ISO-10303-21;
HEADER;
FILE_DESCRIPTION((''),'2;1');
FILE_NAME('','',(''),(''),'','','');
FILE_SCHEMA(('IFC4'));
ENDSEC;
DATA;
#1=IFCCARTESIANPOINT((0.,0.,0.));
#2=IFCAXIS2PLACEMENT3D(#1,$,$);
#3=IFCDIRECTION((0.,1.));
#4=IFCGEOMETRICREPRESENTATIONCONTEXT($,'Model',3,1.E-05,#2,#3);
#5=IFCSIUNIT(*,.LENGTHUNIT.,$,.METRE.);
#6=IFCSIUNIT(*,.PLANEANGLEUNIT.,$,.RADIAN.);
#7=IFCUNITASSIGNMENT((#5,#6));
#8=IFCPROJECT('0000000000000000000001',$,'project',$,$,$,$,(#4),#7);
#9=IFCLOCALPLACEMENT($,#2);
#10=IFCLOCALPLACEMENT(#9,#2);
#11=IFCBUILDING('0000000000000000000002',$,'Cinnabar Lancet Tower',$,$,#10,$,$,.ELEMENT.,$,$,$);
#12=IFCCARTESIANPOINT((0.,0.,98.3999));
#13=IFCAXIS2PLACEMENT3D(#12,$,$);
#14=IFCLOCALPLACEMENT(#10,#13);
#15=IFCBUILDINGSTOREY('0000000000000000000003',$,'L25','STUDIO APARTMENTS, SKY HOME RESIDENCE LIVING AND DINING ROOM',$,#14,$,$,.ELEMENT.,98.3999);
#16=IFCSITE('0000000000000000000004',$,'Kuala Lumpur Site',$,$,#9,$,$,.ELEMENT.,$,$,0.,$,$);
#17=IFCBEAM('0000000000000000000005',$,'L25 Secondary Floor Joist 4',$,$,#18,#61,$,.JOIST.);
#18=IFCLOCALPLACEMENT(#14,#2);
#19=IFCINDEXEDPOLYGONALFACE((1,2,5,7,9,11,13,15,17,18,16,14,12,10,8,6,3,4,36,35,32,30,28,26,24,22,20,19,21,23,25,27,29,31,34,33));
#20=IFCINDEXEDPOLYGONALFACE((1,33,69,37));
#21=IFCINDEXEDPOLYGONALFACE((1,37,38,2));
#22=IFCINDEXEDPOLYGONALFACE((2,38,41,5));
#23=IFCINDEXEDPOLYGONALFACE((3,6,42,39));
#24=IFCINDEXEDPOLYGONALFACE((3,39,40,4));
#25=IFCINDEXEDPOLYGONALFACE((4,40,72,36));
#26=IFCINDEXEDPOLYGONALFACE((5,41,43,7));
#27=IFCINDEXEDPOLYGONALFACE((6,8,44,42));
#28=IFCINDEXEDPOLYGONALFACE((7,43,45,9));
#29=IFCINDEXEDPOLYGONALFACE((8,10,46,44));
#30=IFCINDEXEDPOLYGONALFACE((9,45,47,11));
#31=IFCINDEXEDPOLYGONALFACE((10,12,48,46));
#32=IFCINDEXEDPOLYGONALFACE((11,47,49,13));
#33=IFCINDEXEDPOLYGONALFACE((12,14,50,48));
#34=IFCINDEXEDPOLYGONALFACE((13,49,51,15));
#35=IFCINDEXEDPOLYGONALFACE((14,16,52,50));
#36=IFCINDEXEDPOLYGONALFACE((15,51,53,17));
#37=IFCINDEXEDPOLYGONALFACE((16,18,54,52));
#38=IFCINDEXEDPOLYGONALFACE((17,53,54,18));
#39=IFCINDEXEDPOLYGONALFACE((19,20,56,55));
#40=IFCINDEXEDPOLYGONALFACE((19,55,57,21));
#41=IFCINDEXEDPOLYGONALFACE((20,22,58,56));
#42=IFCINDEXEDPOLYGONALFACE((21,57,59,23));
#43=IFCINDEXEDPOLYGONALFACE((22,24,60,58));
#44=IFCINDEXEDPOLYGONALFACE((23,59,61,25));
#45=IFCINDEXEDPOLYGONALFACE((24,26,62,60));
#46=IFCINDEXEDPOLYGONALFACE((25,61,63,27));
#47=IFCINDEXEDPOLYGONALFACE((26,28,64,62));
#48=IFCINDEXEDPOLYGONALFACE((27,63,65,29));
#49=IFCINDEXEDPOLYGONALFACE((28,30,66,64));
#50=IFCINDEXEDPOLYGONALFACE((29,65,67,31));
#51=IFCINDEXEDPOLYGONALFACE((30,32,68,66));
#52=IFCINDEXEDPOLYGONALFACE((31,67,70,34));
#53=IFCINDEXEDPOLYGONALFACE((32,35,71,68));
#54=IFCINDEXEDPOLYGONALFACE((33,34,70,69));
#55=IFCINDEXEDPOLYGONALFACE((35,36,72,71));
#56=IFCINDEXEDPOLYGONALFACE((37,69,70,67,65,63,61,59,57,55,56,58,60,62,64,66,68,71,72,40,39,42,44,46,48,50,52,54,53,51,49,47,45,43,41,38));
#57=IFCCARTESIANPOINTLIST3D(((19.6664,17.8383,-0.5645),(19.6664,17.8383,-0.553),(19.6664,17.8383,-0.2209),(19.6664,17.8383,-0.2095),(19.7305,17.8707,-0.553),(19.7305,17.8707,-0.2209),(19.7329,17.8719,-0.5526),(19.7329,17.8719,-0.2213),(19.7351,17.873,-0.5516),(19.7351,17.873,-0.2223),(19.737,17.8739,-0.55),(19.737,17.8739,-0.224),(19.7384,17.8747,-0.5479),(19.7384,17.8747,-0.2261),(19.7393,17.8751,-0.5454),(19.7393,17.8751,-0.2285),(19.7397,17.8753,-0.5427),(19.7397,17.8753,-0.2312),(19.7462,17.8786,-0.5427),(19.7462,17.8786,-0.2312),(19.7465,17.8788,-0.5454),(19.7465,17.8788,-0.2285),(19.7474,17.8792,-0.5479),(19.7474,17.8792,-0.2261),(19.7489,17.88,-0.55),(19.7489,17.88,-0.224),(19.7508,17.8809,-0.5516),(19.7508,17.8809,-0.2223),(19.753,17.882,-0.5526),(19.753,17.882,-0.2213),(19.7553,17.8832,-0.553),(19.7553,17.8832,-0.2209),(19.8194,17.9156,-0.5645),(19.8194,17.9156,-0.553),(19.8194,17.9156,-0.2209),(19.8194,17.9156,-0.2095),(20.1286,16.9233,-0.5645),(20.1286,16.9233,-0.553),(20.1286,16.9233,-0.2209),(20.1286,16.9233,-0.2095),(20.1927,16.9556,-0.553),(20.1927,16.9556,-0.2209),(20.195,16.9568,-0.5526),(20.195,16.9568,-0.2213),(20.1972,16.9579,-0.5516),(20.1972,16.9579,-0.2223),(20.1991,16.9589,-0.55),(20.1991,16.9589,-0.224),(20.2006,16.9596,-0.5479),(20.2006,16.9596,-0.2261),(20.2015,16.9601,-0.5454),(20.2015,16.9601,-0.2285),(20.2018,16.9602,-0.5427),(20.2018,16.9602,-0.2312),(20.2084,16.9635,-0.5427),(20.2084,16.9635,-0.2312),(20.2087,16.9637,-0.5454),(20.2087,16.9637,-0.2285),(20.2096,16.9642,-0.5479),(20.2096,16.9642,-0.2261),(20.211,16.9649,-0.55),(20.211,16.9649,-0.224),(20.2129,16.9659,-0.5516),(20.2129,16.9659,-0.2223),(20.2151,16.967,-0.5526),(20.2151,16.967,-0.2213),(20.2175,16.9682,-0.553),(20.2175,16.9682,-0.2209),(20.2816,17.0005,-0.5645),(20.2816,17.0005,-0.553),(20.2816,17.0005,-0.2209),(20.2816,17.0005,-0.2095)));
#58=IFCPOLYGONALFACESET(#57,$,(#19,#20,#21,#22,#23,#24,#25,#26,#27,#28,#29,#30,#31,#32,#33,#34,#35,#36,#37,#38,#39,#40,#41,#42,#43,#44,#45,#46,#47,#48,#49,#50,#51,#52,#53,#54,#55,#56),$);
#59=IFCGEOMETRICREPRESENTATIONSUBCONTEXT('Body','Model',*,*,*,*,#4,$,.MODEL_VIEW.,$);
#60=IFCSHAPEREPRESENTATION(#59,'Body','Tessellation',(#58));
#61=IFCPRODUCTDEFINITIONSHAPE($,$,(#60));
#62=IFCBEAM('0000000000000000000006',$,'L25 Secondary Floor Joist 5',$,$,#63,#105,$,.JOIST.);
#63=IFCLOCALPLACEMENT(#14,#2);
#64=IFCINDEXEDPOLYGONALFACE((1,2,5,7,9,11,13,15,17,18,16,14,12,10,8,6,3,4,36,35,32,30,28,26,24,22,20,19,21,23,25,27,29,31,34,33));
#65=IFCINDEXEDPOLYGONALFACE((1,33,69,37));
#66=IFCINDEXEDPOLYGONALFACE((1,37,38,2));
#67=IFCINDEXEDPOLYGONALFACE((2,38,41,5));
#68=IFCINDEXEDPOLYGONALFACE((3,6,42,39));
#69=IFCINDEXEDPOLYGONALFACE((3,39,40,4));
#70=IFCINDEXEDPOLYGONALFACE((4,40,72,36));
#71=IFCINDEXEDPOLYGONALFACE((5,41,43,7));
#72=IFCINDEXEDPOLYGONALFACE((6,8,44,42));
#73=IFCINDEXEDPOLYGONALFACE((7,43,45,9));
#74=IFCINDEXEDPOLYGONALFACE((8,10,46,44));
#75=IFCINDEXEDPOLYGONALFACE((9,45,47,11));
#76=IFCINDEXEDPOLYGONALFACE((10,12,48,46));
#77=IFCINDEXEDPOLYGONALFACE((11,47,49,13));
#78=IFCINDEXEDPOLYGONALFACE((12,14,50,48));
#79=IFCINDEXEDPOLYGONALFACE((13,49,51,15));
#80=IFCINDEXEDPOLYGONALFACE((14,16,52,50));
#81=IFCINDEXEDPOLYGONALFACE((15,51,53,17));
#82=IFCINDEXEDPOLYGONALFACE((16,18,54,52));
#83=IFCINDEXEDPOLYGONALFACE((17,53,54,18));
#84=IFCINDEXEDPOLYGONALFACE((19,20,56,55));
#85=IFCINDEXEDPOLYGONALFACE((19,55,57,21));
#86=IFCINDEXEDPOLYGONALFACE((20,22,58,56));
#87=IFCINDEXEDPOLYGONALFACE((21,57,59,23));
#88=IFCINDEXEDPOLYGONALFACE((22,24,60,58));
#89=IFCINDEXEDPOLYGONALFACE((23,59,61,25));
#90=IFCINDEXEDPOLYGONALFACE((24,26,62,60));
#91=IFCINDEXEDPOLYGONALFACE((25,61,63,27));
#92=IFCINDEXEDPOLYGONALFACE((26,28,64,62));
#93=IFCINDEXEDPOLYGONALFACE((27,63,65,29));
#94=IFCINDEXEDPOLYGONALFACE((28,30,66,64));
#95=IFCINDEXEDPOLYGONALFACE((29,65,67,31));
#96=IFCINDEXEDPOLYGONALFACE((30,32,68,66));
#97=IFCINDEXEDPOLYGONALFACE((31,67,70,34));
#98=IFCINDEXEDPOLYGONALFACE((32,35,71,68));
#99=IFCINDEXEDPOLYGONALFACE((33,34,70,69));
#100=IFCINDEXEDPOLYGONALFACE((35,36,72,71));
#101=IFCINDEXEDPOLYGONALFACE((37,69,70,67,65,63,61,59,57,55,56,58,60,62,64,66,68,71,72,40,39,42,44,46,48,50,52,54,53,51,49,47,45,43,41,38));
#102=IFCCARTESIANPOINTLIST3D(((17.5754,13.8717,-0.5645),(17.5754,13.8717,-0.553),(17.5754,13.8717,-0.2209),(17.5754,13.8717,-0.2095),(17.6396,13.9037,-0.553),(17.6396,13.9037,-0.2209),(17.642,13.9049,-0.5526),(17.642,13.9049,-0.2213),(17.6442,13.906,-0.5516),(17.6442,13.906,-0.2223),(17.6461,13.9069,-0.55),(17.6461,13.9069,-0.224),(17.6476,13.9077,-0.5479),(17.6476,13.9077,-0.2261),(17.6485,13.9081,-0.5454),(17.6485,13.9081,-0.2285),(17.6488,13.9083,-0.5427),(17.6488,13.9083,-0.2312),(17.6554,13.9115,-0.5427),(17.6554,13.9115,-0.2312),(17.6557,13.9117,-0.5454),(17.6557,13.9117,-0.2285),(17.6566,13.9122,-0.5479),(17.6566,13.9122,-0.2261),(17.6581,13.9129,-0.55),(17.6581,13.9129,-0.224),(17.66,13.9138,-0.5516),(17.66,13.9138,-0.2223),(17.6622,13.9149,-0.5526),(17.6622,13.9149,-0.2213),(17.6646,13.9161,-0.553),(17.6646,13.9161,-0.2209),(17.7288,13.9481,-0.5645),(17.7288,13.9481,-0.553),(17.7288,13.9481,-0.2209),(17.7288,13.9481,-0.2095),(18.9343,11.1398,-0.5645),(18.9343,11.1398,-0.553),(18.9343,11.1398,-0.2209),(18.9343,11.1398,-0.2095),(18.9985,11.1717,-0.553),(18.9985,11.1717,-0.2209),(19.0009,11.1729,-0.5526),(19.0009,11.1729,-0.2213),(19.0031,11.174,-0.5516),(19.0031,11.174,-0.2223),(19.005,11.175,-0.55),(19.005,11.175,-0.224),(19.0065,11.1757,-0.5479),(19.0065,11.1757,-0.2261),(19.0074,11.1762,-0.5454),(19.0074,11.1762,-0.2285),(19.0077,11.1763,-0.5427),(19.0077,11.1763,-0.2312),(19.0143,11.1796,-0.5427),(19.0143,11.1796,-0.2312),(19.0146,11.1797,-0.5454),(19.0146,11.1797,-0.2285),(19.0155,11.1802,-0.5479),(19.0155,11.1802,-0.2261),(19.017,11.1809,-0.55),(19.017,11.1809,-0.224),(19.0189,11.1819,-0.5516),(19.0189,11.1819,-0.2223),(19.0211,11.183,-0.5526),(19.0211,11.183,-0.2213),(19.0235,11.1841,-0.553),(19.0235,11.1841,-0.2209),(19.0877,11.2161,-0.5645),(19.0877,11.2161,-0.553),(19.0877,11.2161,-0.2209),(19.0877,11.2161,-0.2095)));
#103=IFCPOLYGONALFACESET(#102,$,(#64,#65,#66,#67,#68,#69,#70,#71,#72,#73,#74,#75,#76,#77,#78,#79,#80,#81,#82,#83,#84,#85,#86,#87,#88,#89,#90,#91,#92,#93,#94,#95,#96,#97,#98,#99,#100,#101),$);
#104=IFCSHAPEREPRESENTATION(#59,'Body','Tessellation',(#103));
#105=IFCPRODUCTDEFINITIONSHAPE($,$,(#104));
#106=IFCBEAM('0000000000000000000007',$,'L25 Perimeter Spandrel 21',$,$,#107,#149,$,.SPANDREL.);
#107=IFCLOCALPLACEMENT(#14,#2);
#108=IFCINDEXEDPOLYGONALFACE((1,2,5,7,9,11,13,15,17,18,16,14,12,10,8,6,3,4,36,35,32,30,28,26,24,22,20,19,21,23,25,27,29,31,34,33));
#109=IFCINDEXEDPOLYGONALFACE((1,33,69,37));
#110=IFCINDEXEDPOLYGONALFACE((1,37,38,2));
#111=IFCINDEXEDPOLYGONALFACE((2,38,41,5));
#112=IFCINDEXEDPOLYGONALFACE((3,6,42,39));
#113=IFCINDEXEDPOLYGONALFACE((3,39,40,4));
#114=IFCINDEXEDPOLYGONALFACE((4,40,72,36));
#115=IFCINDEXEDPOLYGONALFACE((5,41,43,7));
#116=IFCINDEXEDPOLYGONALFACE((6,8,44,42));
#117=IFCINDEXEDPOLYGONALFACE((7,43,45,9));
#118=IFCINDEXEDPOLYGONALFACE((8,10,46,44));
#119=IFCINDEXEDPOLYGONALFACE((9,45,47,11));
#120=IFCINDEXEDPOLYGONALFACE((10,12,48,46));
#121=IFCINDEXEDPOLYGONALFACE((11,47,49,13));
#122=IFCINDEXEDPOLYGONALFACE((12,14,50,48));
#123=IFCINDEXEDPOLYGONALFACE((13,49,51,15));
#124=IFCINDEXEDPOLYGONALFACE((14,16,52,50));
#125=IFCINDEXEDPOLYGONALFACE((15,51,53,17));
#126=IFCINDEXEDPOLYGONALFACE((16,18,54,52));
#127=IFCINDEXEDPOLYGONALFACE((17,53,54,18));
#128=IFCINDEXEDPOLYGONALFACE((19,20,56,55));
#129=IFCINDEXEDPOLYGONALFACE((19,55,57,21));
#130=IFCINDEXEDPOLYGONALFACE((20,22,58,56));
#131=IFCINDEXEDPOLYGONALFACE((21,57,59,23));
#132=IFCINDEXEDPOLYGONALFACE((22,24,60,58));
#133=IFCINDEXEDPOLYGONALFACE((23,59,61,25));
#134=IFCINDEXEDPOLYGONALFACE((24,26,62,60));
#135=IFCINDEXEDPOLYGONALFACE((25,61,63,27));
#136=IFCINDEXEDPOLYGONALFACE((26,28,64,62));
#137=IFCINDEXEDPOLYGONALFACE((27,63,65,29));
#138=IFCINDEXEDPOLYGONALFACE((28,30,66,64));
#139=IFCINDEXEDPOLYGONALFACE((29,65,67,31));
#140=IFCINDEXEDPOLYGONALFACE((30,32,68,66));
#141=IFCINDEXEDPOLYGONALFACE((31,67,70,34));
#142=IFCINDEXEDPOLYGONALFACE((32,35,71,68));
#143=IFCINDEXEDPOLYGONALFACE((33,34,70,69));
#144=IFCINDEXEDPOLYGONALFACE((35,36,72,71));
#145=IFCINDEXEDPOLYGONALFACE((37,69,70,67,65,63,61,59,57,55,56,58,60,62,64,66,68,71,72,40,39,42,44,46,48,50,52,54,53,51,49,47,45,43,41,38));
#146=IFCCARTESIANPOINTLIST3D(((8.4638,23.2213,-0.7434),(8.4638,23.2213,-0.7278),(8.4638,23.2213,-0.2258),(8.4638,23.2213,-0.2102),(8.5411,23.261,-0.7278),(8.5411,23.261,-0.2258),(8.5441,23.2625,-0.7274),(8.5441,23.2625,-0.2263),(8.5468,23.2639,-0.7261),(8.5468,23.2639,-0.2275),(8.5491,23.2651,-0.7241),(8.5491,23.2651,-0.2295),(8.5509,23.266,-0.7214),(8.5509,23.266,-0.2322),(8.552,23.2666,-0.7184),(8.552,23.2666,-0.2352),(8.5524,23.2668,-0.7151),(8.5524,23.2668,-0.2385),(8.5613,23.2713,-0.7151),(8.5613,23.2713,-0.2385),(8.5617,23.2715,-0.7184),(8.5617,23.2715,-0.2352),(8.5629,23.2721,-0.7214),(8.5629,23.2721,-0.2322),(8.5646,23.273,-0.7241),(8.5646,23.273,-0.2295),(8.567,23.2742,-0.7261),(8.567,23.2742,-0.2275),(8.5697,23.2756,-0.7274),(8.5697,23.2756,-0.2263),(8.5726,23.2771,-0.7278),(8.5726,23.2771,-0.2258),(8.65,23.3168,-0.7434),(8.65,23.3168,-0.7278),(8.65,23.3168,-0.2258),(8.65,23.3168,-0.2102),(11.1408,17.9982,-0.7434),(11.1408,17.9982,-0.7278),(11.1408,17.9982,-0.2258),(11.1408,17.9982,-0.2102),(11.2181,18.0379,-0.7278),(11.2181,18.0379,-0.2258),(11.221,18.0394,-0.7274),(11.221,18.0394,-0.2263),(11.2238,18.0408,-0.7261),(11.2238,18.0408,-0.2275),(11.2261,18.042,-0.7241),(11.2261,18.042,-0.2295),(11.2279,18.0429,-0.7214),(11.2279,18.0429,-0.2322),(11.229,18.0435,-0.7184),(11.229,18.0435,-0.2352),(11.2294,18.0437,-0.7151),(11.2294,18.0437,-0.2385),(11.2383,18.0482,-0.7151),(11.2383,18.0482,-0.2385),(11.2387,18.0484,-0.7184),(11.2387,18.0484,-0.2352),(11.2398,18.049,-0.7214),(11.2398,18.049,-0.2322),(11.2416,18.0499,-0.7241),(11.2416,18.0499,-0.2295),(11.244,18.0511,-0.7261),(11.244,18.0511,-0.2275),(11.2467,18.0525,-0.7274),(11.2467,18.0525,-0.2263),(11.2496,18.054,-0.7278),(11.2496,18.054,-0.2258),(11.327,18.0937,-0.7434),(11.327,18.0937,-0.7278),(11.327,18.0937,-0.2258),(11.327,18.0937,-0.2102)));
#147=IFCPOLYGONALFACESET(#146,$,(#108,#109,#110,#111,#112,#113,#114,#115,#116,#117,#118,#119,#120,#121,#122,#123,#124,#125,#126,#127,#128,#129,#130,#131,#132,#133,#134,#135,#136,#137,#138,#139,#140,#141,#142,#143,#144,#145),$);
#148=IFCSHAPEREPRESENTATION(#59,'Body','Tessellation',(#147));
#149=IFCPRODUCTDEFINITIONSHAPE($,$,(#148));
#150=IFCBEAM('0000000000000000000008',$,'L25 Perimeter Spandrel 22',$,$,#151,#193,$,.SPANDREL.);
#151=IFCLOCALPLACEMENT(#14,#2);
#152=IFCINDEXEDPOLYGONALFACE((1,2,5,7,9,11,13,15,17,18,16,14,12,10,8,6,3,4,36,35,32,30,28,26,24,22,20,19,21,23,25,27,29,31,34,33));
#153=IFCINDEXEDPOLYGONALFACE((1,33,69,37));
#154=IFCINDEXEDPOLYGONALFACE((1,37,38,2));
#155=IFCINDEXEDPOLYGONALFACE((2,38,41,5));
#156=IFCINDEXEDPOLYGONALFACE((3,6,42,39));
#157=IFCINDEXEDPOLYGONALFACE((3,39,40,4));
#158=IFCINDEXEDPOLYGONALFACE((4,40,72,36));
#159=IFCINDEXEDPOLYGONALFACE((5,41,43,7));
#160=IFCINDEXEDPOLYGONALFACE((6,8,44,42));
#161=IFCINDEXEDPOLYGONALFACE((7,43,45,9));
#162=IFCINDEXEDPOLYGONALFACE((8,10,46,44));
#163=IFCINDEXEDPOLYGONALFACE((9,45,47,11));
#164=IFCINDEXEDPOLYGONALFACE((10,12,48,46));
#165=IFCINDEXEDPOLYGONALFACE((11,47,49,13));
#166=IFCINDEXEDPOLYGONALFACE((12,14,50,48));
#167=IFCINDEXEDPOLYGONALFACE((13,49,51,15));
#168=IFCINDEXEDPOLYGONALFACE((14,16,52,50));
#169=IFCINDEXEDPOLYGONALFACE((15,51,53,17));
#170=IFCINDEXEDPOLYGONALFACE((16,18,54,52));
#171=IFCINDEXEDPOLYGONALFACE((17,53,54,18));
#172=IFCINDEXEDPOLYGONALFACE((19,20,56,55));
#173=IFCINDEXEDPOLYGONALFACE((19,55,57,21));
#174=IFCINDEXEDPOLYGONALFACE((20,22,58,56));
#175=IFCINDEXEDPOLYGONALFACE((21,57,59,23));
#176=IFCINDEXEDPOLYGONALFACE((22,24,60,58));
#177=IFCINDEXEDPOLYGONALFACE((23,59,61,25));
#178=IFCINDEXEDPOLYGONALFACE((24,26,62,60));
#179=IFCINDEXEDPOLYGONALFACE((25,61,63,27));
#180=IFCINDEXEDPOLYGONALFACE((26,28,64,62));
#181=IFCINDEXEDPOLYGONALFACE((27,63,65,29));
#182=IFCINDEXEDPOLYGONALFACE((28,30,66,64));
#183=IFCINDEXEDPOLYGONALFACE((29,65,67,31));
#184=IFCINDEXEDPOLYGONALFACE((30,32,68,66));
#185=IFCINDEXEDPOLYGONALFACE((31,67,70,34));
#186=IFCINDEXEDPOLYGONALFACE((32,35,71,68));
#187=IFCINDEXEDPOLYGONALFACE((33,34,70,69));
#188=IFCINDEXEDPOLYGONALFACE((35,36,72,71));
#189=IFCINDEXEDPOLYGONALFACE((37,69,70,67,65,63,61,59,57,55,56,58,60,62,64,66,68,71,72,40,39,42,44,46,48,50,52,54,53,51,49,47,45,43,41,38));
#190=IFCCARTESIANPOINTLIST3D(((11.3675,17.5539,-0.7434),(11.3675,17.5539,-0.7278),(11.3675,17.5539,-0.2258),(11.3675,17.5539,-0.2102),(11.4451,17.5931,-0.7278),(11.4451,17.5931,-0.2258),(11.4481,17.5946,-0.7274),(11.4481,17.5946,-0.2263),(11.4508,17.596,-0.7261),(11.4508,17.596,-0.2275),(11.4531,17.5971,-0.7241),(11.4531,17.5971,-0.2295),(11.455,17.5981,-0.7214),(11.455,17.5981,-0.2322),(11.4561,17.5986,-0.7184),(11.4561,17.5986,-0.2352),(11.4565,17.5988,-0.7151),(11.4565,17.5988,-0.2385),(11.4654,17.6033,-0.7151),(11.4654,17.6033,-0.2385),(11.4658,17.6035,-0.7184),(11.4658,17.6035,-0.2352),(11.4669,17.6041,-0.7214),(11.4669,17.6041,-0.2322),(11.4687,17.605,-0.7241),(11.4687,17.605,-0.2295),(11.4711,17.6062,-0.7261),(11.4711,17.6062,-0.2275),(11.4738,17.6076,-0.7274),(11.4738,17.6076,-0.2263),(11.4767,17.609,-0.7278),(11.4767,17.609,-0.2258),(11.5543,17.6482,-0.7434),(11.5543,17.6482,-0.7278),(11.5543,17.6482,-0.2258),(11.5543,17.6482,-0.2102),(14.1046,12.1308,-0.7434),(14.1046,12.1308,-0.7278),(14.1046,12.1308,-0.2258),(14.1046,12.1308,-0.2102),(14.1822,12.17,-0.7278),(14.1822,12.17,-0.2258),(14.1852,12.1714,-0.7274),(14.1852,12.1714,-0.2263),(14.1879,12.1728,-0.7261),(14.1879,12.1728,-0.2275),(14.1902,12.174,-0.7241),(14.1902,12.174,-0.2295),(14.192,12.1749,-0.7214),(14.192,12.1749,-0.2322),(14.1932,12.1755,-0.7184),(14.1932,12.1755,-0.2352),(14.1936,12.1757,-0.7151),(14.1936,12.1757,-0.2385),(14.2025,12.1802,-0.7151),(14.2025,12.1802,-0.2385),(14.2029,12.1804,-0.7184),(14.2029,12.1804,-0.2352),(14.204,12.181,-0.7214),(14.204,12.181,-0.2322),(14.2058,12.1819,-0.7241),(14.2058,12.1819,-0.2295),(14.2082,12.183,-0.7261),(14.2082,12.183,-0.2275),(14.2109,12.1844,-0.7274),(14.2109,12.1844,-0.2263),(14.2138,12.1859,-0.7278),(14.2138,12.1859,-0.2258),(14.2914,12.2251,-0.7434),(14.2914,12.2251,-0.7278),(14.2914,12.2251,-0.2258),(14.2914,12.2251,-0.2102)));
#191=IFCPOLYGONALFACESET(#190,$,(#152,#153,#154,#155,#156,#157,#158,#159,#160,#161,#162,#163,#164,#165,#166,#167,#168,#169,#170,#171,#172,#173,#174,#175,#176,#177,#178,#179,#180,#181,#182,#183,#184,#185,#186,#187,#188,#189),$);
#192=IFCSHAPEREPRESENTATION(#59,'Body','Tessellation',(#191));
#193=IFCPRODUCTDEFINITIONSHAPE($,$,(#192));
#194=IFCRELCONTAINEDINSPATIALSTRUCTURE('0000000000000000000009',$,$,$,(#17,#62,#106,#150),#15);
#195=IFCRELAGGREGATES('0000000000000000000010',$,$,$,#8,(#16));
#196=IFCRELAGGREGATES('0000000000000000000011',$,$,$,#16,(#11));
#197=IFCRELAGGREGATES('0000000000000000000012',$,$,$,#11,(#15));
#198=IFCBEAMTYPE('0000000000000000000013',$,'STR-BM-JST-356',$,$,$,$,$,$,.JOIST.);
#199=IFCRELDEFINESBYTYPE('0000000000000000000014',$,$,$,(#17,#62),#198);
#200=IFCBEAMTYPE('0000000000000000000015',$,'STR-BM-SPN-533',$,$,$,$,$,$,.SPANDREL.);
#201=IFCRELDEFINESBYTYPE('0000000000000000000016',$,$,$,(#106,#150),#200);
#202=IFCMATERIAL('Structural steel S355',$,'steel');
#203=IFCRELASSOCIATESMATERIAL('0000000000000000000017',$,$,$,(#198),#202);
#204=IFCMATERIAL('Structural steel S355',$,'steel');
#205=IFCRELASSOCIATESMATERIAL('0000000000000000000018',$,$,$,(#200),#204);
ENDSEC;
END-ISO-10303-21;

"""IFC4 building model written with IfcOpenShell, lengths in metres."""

from ifc_helpers import new_model, si_unit, direction, frame, origin, origin_2d, place, context, subcontext, project, spatial, i_section, extrude, material, material_profile, profile_set, type_object, element, save


model = new_model("IFC4")

# Units and contexts
model_context = context("Model", 3, precision=1e-05, world=origin(), true_north=direction((0.0, 1.0)))
body_context = subcontext(model_context, "Body", "Model", "MODEL_VIEW")
ifc_project = project(units=[si_unit("LENGTHUNIT", "METRE"), si_unit("PLANEANGLEUNIT", "RADIAN")], contexts=[model_context])

# Site, building, storey
site_placement = place(None, origin())
site = spatial("IfcSite", under=ifc_project, at=site_placement, Name="Kuala Lumpur Site", CompositionType="ELEMENT", RefElevation=0.0)
building_placement = place(site_placement, origin())
building = spatial("IfcBuilding", under=site, at=building_placement, Name="Cinnabar Lancet Tower", CompositionType="ELEMENT")
storey_placement = place(building_placement, frame((0.0, 0.0, 98.3999)))
storey = spatial("IfcBuildingStorey", under=building, at=storey_placement, Name="L25", Description="STUDIO APARTMENTS, SKY HOME RESIDENCE LIVING AND DINING ROOM", CompositionType="ELEMENT", Elevation=98.3999)

# Beams
ifc_material_1 = material(Name="Structural steel S355", Category="steel")
ifc_material_profile_1 = material_profile(ifc_material_1, i_section(OverallWidth=0.1714, OverallDepth=0.355, WebThickness=0.0073, FlangeThickness=0.0115, FilletRadius=0.0103, at=origin_2d()), Name="UKB 356x171x51")
ifc_profile_set_1 = profile_set([ifc_material_profile_1], Name="Structural steel S355")
beam_type_1 = type_object("IfcBeamType", Name="STR-BM-JST-356", PredefinedType="JOIST", material=ifc_profile_set_1)
beam_1_placement = place(storey_placement, frame((19.7429, 17.877, -0.387), z_axis=(0.45083, -0.89261, 0.0), x_axis=(0.89261, 0.45083, 0.0)))
element("IfcBeam", 1, at=beam_1_placement, inside=storey, type_object=beam_type_1, Name="L25 Secondary Floor Joist 4", PredefinedType="JOIST", context=body_context, shape_type="SweptSolid", body=[
    extrude(i_section(OverallWidth=0.1714, OverallDepth=0.355, WebThickness=0.0073, FlangeThickness=0.0115, FilletRadius=0.0103, at=origin_2d()), origin(), (0.0, 0.0, 1.0), 1.0251),
])
beam_2_placement = place(storey_placement, frame((17.6521, 13.9099, -0.387), z_axis=(0.445356, -0.895353, 0.0), x_axis=(0.895353, 0.445356, 0.0)))
element("IfcBeam", 2, at=beam_2_placement, inside=storey, type_object=beam_type_1, Name="L25 Secondary Floor Joist 5", PredefinedType="JOIST", context=body_context, shape_type="SweptSolid", body=[
    extrude(i_section(OverallWidth=0.1714, OverallDepth=0.355, WebThickness=0.0073, FlangeThickness=0.0115, FilletRadius=0.0103, at=origin_2d()), origin(), (0.0, 0.0, 1.0), 3.0513),
])
ifc_material_2 = material(Name="Structural steel S355", Category="steel")
ifc_material_profile_2 = material_profile(ifc_material_2, i_section(OverallWidth=0.2092, OverallDepth=0.5332, WebThickness=0.01, FlangeThickness=0.0156, FilletRadius=0.0127, at=origin_2d()), Name="UKB 533x210x92")
ifc_profile_set_2 = profile_set([ifc_material_profile_2], Name="Structural steel S355")
beam_type_2 = type_object("IfcBeamType", Name="STR-BM-SPN-533", PredefinedType="SPANDREL", material=ifc_profile_set_2)
beam_3_placement = place(storey_placement, frame((8.5569, 23.269, -0.4768), z_axis=(0.45611, -0.889924, 0.0), x_axis=(0.889924, 0.45611, 0.0)))
element("IfcBeam", 3, at=beam_3_placement, inside=storey, type_object=beam_type_2, Name="L25 Perimeter Spandrel 21", PredefinedType="SPANDREL", context=body_context, shape_type="SweptSolid", body=[
    extrude(i_section(OverallWidth=0.2092, OverallDepth=0.5332, WebThickness=0.01, FlangeThickness=0.0156, FilletRadius=0.0127, at=origin_2d()), origin(), (0.0, 0.0, 1.0), 5.8691),
])
beam_4_placement = place(storey_placement, frame((11.4609, 17.6011, -0.4768), z_axis=(0.45057, -0.892741, 0.0), x_axis=(0.892741, 0.45057, 0.0)))
element("IfcBeam", 4, at=beam_4_placement, inside=storey, type_object=beam_type_2, Name="L25 Perimeter Spandrel 22", PredefinedType="SPANDREL", context=body_context, shape_type="SweptSolid", body=[
    extrude(i_section(OverallWidth=0.2092, OverallDepth=0.5332, WebThickness=0.01, FlangeThickness=0.0156, FilletRadius=0.0127, at=origin_2d()), origin(), (0.0, 0.0, 1.0), 6.0747),
])

save(model, "model.ifc")
